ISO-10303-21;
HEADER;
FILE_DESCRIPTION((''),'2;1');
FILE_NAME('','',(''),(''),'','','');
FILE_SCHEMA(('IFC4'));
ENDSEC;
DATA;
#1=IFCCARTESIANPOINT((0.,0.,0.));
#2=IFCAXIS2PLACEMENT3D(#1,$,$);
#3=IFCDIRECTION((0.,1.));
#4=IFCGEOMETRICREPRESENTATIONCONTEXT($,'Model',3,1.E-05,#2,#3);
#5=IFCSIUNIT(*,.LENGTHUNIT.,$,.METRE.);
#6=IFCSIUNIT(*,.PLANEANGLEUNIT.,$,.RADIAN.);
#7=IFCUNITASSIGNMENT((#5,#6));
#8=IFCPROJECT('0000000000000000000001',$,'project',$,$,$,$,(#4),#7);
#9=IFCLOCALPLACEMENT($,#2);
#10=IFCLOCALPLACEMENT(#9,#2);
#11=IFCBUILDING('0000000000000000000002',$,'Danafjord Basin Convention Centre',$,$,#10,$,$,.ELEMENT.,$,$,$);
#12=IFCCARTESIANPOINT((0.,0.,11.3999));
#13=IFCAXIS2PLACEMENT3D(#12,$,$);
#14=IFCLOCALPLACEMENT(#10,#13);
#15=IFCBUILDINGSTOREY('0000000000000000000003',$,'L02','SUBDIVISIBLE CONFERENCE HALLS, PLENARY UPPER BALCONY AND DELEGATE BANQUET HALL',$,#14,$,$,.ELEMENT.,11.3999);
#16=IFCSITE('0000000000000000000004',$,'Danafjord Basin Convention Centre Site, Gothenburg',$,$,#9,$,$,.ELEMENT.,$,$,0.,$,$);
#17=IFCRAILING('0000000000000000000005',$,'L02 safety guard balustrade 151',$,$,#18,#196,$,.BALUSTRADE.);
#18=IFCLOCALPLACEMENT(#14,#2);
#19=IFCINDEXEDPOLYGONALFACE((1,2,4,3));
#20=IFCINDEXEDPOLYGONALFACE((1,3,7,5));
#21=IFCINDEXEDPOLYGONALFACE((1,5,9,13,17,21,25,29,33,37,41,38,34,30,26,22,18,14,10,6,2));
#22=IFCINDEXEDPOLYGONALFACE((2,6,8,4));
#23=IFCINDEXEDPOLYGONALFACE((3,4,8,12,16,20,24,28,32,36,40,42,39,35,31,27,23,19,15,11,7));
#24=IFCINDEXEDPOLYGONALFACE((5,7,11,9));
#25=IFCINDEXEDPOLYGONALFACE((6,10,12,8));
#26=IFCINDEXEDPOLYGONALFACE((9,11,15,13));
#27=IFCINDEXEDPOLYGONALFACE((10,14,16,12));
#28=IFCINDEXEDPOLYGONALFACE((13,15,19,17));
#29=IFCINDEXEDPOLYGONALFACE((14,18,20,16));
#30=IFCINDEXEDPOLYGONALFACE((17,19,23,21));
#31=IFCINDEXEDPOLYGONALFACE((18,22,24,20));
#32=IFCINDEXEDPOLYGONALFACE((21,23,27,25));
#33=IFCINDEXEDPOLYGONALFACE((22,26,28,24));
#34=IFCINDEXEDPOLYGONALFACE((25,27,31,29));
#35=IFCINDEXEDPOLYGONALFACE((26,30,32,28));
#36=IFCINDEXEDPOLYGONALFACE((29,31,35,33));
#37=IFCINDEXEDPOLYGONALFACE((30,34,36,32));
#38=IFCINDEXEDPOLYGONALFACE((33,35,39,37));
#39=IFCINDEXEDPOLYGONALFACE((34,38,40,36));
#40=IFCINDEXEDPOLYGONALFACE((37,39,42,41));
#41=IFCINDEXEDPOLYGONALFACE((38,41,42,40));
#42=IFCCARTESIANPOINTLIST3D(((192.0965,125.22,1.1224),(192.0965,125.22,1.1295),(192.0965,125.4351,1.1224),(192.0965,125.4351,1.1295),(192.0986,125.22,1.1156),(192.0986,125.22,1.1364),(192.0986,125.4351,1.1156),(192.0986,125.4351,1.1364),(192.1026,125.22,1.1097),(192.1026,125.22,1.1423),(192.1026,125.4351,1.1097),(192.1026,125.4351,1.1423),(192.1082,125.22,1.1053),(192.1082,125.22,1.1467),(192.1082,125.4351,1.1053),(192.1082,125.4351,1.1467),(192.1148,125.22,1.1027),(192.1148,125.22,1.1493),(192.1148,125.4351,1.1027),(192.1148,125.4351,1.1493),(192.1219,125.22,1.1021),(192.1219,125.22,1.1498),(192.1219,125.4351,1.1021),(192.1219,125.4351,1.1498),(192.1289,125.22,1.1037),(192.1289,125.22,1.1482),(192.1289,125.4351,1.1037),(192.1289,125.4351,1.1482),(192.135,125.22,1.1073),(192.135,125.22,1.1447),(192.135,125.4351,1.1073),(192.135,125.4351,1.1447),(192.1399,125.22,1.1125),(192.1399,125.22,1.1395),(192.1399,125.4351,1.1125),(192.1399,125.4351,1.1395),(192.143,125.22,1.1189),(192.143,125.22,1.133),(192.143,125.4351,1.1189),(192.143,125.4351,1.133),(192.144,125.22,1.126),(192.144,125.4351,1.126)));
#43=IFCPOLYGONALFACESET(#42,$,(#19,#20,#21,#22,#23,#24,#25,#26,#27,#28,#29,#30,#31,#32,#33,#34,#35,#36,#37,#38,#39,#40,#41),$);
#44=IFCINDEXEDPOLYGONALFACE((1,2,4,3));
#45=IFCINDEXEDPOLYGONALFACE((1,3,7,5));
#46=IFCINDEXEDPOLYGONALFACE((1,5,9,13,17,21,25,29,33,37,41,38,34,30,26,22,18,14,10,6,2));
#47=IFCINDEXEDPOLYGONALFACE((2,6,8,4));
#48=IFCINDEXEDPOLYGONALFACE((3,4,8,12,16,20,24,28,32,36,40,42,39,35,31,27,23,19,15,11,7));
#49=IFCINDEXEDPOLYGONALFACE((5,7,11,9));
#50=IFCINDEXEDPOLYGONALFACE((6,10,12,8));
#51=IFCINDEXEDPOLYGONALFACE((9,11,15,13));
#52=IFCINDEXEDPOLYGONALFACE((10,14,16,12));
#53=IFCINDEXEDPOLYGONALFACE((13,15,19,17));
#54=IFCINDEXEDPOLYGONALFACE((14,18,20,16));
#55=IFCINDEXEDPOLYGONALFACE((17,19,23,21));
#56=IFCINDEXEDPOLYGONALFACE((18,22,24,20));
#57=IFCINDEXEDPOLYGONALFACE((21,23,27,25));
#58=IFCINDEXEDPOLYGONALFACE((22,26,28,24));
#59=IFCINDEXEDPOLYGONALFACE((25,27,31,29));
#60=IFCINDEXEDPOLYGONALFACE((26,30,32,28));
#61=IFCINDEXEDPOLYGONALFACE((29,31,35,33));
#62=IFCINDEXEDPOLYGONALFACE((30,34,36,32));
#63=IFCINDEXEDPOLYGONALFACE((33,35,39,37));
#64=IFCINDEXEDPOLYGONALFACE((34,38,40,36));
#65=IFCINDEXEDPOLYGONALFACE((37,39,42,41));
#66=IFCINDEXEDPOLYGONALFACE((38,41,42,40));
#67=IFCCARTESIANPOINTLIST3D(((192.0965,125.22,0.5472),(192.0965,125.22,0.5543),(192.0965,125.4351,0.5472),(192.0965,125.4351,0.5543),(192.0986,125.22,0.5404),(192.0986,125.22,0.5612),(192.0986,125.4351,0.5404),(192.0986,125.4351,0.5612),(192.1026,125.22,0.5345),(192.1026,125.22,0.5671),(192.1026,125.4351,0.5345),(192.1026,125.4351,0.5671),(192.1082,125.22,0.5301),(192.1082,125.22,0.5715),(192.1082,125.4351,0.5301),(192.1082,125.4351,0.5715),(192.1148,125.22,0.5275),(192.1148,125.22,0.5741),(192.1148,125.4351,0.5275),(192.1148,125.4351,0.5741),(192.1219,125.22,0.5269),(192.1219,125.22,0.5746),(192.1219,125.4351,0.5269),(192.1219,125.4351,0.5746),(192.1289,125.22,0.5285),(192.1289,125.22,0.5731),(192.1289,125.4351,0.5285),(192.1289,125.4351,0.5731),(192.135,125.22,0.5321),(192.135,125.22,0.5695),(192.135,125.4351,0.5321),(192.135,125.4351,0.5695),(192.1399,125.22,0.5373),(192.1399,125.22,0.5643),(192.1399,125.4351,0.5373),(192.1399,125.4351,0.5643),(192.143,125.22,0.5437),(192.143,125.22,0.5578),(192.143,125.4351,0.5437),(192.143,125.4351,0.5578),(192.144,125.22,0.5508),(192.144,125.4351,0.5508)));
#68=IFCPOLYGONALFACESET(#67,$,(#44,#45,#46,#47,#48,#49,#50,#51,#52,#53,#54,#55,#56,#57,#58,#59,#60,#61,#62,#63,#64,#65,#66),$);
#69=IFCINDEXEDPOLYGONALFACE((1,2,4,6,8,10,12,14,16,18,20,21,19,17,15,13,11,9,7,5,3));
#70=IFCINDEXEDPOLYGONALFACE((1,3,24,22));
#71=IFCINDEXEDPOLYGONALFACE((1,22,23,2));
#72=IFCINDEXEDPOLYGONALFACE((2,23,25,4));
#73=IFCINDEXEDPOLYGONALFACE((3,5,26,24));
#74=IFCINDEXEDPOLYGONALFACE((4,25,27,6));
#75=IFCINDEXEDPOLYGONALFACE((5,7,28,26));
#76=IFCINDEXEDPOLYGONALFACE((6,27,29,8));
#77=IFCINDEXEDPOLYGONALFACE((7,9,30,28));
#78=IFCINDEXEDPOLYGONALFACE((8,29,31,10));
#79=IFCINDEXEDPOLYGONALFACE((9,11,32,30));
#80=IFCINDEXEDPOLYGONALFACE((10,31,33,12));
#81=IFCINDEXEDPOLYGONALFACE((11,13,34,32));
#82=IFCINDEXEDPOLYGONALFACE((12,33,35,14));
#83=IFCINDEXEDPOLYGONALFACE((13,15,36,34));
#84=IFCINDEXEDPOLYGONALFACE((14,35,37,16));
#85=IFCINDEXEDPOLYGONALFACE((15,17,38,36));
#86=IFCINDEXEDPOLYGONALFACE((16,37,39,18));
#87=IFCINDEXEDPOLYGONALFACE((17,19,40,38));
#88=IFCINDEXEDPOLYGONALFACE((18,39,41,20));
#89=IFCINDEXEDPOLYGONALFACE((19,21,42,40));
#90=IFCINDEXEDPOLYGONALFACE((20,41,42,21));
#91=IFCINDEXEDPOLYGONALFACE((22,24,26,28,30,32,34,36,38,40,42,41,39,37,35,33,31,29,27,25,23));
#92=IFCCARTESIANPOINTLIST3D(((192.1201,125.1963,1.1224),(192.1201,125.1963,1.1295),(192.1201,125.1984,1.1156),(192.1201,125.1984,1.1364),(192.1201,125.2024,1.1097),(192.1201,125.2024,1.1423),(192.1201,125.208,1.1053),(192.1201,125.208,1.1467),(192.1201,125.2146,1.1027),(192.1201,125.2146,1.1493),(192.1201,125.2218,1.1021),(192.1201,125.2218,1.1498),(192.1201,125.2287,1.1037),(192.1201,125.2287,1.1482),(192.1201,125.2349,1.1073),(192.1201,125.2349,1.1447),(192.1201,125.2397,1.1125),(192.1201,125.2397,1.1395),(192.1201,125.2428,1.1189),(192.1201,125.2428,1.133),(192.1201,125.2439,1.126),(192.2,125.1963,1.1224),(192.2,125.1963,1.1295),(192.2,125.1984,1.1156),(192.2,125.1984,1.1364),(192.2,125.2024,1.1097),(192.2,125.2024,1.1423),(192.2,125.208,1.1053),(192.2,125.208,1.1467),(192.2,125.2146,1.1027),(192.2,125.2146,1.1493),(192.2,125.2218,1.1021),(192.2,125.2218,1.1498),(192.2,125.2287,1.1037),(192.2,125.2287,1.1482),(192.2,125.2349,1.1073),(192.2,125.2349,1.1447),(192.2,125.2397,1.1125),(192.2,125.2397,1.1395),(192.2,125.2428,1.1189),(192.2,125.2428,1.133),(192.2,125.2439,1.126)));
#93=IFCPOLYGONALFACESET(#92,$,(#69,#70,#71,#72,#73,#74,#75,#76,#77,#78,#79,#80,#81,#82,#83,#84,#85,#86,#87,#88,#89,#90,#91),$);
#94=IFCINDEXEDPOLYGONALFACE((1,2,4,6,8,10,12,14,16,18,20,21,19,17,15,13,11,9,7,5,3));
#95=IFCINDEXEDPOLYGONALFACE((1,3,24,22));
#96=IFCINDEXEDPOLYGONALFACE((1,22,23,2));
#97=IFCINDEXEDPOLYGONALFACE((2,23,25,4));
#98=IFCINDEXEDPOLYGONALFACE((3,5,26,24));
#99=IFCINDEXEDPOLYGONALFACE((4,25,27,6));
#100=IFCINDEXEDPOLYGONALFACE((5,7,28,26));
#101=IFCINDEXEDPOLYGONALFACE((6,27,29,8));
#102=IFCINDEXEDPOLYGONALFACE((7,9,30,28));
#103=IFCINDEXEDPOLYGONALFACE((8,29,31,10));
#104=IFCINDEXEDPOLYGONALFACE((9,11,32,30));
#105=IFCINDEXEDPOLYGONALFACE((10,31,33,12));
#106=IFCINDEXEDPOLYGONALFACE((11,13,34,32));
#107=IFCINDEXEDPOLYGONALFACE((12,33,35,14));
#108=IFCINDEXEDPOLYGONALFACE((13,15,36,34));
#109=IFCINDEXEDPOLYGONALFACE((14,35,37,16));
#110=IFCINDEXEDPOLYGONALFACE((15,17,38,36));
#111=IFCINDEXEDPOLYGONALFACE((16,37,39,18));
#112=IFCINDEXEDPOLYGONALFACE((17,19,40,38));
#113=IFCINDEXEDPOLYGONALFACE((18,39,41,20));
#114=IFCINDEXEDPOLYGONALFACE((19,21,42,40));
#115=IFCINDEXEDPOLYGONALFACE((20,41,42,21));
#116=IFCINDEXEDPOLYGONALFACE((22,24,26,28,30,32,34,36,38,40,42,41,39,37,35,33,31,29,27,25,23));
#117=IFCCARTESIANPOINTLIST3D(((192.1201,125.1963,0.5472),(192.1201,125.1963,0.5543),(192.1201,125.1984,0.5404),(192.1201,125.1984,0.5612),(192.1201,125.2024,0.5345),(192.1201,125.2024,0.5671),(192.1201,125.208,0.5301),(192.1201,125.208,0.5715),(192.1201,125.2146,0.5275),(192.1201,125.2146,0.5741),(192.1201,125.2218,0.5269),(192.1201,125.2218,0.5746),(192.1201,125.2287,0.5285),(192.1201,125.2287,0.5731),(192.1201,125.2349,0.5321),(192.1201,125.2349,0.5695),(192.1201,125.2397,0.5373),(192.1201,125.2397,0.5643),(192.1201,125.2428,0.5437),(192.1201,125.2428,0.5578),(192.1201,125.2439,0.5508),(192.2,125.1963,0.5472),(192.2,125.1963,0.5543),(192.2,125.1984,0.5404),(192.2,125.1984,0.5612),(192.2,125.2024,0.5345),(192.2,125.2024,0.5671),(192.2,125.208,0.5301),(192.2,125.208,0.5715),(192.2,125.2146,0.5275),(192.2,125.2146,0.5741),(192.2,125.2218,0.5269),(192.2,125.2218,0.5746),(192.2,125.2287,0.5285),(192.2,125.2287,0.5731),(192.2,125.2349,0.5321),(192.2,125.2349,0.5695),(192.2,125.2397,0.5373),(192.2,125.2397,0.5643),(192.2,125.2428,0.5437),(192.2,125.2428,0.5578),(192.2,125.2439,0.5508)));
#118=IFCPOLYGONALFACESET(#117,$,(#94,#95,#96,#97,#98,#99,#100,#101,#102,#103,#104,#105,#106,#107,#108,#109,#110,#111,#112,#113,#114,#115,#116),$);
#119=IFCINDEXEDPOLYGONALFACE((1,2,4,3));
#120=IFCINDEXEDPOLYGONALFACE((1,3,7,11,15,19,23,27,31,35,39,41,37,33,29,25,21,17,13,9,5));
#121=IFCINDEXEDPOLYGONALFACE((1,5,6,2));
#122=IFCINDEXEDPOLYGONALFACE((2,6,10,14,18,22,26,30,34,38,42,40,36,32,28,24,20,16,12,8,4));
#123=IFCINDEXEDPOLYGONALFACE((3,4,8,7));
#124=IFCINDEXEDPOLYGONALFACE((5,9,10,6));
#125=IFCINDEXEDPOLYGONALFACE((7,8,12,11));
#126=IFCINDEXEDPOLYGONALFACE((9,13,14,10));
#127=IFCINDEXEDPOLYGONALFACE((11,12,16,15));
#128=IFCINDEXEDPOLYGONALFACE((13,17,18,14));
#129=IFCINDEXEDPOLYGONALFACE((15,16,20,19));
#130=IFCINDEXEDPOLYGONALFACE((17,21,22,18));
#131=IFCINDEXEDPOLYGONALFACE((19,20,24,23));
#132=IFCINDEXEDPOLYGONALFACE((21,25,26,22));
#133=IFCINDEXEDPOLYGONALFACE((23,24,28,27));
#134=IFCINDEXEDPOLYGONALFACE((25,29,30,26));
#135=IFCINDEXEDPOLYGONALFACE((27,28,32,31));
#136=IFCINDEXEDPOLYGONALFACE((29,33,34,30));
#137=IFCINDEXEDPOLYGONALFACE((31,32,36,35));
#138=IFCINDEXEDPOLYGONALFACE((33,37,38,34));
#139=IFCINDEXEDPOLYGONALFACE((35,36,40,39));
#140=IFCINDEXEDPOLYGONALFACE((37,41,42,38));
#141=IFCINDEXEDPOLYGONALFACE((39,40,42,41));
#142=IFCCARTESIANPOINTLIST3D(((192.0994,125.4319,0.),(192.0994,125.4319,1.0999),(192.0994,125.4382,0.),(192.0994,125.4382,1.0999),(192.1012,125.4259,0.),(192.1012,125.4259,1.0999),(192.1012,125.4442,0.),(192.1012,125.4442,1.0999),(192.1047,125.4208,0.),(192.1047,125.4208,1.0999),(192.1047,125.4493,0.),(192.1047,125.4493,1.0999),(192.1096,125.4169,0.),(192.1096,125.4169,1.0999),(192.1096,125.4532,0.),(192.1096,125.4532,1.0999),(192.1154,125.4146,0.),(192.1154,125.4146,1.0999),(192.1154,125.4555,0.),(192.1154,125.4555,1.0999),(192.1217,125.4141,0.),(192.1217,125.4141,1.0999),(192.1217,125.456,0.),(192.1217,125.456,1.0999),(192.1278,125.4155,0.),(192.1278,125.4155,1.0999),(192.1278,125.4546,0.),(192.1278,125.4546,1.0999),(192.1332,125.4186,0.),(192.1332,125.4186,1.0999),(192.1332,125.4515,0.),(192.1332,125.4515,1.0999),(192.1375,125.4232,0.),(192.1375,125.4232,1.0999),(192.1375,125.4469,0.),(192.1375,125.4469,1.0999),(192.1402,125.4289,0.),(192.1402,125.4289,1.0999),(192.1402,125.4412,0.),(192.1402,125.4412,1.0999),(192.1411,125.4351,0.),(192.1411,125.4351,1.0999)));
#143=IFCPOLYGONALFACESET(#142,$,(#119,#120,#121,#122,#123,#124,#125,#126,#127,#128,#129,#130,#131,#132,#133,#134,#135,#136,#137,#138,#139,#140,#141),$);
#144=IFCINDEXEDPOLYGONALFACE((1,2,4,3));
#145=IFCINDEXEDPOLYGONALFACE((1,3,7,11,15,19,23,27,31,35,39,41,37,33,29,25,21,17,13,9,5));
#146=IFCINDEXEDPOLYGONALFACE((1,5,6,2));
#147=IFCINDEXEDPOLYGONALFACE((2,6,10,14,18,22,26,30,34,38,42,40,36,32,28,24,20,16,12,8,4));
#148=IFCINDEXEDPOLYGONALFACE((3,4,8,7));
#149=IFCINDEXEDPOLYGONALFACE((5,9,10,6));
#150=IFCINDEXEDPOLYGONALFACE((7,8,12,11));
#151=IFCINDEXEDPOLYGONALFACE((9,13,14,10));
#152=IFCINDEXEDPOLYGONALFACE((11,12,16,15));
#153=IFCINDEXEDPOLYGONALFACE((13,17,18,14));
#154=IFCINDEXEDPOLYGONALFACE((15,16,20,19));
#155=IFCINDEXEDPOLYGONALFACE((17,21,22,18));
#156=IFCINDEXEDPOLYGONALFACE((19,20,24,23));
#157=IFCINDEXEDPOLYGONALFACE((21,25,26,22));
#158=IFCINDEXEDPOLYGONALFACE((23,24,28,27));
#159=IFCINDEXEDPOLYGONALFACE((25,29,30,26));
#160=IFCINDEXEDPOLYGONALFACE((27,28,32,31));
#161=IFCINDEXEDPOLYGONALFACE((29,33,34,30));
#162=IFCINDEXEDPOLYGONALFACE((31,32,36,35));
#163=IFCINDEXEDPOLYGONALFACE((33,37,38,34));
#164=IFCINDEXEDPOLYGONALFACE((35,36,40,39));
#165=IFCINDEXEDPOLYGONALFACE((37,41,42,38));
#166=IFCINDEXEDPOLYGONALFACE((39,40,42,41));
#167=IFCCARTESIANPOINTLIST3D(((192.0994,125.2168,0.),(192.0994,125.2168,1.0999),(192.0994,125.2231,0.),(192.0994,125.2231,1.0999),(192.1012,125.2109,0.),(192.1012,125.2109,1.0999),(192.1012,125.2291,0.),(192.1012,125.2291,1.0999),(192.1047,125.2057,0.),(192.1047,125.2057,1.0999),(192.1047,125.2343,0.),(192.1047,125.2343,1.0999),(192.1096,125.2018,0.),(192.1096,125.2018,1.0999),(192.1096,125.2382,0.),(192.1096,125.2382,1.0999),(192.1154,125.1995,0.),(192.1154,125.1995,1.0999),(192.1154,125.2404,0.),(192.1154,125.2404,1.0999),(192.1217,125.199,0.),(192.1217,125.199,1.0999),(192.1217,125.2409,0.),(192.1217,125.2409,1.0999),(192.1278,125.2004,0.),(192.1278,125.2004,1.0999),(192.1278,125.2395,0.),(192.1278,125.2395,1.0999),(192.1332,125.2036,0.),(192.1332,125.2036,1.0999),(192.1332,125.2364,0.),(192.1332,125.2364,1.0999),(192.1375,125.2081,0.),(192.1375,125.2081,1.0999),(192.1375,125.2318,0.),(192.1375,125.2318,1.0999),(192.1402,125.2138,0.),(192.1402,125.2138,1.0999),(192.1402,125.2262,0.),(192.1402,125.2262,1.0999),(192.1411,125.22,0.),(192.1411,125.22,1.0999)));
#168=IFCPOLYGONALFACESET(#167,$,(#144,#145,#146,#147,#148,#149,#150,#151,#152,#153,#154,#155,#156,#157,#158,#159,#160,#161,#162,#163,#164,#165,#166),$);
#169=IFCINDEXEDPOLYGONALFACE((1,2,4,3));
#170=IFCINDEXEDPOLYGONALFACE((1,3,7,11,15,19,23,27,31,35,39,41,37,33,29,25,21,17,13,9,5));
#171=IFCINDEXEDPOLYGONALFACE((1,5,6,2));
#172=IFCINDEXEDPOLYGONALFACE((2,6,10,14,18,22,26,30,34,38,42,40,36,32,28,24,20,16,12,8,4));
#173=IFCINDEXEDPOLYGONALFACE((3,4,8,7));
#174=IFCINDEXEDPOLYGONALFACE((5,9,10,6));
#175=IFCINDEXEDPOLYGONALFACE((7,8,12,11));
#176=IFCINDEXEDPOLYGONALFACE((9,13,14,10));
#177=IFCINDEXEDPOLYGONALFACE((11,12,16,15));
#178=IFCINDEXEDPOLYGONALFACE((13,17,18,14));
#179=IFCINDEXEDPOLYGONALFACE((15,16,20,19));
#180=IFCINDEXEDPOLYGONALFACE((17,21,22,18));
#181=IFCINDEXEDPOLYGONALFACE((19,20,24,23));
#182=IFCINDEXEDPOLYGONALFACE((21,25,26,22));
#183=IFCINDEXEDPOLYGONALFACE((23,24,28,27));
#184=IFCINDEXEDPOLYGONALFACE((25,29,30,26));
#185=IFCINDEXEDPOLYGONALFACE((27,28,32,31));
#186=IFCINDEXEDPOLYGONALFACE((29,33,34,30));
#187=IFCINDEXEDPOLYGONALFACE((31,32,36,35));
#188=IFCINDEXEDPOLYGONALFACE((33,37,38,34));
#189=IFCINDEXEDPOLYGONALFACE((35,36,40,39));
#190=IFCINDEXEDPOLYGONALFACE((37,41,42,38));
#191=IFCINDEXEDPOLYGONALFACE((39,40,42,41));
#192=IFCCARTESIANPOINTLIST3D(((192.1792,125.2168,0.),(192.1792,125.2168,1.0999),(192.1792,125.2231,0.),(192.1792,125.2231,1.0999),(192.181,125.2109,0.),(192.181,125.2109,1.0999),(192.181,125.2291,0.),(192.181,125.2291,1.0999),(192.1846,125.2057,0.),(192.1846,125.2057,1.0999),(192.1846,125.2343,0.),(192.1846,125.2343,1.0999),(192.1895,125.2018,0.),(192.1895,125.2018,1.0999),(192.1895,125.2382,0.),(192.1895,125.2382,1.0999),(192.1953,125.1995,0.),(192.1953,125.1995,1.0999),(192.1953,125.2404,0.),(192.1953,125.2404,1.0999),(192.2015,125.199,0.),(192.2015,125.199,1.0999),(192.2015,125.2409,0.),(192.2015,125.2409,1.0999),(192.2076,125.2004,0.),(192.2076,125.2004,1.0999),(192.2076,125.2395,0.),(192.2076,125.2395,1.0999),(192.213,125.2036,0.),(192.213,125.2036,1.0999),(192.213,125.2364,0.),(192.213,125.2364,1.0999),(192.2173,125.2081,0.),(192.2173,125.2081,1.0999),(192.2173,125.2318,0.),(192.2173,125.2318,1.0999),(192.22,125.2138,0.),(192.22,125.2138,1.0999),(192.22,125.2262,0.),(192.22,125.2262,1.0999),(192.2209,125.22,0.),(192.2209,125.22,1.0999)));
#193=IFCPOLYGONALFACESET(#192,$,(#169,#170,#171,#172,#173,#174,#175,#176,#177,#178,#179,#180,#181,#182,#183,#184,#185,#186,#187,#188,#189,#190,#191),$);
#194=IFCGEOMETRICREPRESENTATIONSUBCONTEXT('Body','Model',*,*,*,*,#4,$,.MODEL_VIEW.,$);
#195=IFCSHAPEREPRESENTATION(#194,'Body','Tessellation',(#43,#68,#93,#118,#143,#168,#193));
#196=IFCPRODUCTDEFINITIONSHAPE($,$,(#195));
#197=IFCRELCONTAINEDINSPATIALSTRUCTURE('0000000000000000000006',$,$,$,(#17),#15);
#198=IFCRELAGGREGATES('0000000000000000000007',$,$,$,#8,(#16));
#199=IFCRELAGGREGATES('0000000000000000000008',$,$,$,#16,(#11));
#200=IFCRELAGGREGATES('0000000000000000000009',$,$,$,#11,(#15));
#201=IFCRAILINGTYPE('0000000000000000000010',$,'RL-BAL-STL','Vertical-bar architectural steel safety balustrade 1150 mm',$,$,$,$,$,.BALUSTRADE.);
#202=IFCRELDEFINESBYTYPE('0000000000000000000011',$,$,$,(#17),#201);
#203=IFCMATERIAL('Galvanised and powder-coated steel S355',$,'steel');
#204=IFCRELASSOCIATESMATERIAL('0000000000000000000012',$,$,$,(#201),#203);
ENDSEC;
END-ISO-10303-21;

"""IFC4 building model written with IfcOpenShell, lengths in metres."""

from ifc_helpers import new_model, si_unit, direction, frame, origin, origin_2d, place, context, subcontext, project, spatial, circle, extrude, material, type_object, element, save


model = new_model("IFC4")

# Units and contexts
model_context = context("Model", 3, precision=1e-05, world=origin(), true_north=direction((0.0, 1.0)))
body_context = subcontext(model_context, "Body", "Model", "MODEL_VIEW")
ifc_project = project(units=[si_unit("LENGTHUNIT", "METRE"), si_unit("PLANEANGLEUNIT", "RADIAN")], contexts=[model_context])

# Site, building, storey
site_placement = place(None, origin())
site = spatial("IfcSite", under=ifc_project, at=site_placement, Name="Danafjord Basin Convention Centre Site, Gothenburg", CompositionType="ELEMENT", RefElevation=0.0)
building_placement = place(site_placement, origin())
building = spatial("IfcBuilding", under=site, at=building_placement, Name="Danafjord Basin Convention Centre", CompositionType="ELEMENT")
storey_placement = place(building_placement, frame((0.0, 0.0, 11.3999)))
storey = spatial("IfcBuildingStorey", under=building, at=storey_placement, Name="L02", Description="SUBDIVISIBLE CONFERENCE HALLS, PLENARY UPPER BALCONY AND DELEGATE BANQUET HALL", CompositionType="ELEMENT", Elevation=11.3999)

# Railing
ifc_material_1 = material(Name="Galvanised and powder-coated steel S355", Category="steel")
railing_type_1 = type_object("IfcRailingType", Name="RL-BAL-STL", Description="Vertical-bar architectural steel safety balustrade 1150 mm", PredefinedType="BALUSTRADE", material=ifc_material_1)
railing_1_placement = place(storey_placement, frame((192.1201, 125.4351, 0.0)))
element("IfcRailing", 1, at=railing_1_placement, inside=storey, type_object=railing_type_1, Name="L02 safety guard balustrade 151", PredefinedType="BALUSTRADE", context=body_context, shape_type="SweptSolid", body=[
    extrude(circle(Radius=0.0239, at=origin_2d()), frame((0.0, 0.0, 1.126), z_axis=(0.0, -1.0, 0.0), x_axis=(1.0, 0.0, 0.0)), (0.0, 0.0, 1.0), 0.2151),
    extrude(circle(Radius=0.0239, at=origin_2d()), frame((0.0, 0.0, 0.5508), z_axis=(0.0, -1.0, 0.0), x_axis=(1.0, 0.0, 0.0)), (0.0, 0.0, 1.0), 0.2151),
    extrude(circle(Radius=0.0239, at=origin_2d()), frame((0.0, -0.2151, 1.126), z_axis=(1.0, 0.0, 0.0), x_axis=(0.0, 1.0, 0.0)), (0.0, 0.0, 1.0), 0.0798),
    extrude(circle(Radius=0.0239, at=origin_2d()), frame((0.0, -0.2151, 0.5508), z_axis=(1.0, 0.0, 0.0), x_axis=(0.0, 1.0, 0.0)), (0.0, 0.0, 1.0), 0.0798),
    extrude(circle(Radius=0.021, at=origin_2d()), origin(), (0.0, 0.0, 1.0), 1.0999),
    extrude(circle(Radius=0.021, at=origin_2d()), frame((0.0, -0.2151, 0.0)), (0.0, 0.0, 1.0), 1.0999),
    extrude(circle(Radius=0.021, at=origin_2d()), frame((0.0798, -0.2151, 0.0)), (0.0, 0.0, 1.0), 1.0999),
])

save(model, "model.ifc")
